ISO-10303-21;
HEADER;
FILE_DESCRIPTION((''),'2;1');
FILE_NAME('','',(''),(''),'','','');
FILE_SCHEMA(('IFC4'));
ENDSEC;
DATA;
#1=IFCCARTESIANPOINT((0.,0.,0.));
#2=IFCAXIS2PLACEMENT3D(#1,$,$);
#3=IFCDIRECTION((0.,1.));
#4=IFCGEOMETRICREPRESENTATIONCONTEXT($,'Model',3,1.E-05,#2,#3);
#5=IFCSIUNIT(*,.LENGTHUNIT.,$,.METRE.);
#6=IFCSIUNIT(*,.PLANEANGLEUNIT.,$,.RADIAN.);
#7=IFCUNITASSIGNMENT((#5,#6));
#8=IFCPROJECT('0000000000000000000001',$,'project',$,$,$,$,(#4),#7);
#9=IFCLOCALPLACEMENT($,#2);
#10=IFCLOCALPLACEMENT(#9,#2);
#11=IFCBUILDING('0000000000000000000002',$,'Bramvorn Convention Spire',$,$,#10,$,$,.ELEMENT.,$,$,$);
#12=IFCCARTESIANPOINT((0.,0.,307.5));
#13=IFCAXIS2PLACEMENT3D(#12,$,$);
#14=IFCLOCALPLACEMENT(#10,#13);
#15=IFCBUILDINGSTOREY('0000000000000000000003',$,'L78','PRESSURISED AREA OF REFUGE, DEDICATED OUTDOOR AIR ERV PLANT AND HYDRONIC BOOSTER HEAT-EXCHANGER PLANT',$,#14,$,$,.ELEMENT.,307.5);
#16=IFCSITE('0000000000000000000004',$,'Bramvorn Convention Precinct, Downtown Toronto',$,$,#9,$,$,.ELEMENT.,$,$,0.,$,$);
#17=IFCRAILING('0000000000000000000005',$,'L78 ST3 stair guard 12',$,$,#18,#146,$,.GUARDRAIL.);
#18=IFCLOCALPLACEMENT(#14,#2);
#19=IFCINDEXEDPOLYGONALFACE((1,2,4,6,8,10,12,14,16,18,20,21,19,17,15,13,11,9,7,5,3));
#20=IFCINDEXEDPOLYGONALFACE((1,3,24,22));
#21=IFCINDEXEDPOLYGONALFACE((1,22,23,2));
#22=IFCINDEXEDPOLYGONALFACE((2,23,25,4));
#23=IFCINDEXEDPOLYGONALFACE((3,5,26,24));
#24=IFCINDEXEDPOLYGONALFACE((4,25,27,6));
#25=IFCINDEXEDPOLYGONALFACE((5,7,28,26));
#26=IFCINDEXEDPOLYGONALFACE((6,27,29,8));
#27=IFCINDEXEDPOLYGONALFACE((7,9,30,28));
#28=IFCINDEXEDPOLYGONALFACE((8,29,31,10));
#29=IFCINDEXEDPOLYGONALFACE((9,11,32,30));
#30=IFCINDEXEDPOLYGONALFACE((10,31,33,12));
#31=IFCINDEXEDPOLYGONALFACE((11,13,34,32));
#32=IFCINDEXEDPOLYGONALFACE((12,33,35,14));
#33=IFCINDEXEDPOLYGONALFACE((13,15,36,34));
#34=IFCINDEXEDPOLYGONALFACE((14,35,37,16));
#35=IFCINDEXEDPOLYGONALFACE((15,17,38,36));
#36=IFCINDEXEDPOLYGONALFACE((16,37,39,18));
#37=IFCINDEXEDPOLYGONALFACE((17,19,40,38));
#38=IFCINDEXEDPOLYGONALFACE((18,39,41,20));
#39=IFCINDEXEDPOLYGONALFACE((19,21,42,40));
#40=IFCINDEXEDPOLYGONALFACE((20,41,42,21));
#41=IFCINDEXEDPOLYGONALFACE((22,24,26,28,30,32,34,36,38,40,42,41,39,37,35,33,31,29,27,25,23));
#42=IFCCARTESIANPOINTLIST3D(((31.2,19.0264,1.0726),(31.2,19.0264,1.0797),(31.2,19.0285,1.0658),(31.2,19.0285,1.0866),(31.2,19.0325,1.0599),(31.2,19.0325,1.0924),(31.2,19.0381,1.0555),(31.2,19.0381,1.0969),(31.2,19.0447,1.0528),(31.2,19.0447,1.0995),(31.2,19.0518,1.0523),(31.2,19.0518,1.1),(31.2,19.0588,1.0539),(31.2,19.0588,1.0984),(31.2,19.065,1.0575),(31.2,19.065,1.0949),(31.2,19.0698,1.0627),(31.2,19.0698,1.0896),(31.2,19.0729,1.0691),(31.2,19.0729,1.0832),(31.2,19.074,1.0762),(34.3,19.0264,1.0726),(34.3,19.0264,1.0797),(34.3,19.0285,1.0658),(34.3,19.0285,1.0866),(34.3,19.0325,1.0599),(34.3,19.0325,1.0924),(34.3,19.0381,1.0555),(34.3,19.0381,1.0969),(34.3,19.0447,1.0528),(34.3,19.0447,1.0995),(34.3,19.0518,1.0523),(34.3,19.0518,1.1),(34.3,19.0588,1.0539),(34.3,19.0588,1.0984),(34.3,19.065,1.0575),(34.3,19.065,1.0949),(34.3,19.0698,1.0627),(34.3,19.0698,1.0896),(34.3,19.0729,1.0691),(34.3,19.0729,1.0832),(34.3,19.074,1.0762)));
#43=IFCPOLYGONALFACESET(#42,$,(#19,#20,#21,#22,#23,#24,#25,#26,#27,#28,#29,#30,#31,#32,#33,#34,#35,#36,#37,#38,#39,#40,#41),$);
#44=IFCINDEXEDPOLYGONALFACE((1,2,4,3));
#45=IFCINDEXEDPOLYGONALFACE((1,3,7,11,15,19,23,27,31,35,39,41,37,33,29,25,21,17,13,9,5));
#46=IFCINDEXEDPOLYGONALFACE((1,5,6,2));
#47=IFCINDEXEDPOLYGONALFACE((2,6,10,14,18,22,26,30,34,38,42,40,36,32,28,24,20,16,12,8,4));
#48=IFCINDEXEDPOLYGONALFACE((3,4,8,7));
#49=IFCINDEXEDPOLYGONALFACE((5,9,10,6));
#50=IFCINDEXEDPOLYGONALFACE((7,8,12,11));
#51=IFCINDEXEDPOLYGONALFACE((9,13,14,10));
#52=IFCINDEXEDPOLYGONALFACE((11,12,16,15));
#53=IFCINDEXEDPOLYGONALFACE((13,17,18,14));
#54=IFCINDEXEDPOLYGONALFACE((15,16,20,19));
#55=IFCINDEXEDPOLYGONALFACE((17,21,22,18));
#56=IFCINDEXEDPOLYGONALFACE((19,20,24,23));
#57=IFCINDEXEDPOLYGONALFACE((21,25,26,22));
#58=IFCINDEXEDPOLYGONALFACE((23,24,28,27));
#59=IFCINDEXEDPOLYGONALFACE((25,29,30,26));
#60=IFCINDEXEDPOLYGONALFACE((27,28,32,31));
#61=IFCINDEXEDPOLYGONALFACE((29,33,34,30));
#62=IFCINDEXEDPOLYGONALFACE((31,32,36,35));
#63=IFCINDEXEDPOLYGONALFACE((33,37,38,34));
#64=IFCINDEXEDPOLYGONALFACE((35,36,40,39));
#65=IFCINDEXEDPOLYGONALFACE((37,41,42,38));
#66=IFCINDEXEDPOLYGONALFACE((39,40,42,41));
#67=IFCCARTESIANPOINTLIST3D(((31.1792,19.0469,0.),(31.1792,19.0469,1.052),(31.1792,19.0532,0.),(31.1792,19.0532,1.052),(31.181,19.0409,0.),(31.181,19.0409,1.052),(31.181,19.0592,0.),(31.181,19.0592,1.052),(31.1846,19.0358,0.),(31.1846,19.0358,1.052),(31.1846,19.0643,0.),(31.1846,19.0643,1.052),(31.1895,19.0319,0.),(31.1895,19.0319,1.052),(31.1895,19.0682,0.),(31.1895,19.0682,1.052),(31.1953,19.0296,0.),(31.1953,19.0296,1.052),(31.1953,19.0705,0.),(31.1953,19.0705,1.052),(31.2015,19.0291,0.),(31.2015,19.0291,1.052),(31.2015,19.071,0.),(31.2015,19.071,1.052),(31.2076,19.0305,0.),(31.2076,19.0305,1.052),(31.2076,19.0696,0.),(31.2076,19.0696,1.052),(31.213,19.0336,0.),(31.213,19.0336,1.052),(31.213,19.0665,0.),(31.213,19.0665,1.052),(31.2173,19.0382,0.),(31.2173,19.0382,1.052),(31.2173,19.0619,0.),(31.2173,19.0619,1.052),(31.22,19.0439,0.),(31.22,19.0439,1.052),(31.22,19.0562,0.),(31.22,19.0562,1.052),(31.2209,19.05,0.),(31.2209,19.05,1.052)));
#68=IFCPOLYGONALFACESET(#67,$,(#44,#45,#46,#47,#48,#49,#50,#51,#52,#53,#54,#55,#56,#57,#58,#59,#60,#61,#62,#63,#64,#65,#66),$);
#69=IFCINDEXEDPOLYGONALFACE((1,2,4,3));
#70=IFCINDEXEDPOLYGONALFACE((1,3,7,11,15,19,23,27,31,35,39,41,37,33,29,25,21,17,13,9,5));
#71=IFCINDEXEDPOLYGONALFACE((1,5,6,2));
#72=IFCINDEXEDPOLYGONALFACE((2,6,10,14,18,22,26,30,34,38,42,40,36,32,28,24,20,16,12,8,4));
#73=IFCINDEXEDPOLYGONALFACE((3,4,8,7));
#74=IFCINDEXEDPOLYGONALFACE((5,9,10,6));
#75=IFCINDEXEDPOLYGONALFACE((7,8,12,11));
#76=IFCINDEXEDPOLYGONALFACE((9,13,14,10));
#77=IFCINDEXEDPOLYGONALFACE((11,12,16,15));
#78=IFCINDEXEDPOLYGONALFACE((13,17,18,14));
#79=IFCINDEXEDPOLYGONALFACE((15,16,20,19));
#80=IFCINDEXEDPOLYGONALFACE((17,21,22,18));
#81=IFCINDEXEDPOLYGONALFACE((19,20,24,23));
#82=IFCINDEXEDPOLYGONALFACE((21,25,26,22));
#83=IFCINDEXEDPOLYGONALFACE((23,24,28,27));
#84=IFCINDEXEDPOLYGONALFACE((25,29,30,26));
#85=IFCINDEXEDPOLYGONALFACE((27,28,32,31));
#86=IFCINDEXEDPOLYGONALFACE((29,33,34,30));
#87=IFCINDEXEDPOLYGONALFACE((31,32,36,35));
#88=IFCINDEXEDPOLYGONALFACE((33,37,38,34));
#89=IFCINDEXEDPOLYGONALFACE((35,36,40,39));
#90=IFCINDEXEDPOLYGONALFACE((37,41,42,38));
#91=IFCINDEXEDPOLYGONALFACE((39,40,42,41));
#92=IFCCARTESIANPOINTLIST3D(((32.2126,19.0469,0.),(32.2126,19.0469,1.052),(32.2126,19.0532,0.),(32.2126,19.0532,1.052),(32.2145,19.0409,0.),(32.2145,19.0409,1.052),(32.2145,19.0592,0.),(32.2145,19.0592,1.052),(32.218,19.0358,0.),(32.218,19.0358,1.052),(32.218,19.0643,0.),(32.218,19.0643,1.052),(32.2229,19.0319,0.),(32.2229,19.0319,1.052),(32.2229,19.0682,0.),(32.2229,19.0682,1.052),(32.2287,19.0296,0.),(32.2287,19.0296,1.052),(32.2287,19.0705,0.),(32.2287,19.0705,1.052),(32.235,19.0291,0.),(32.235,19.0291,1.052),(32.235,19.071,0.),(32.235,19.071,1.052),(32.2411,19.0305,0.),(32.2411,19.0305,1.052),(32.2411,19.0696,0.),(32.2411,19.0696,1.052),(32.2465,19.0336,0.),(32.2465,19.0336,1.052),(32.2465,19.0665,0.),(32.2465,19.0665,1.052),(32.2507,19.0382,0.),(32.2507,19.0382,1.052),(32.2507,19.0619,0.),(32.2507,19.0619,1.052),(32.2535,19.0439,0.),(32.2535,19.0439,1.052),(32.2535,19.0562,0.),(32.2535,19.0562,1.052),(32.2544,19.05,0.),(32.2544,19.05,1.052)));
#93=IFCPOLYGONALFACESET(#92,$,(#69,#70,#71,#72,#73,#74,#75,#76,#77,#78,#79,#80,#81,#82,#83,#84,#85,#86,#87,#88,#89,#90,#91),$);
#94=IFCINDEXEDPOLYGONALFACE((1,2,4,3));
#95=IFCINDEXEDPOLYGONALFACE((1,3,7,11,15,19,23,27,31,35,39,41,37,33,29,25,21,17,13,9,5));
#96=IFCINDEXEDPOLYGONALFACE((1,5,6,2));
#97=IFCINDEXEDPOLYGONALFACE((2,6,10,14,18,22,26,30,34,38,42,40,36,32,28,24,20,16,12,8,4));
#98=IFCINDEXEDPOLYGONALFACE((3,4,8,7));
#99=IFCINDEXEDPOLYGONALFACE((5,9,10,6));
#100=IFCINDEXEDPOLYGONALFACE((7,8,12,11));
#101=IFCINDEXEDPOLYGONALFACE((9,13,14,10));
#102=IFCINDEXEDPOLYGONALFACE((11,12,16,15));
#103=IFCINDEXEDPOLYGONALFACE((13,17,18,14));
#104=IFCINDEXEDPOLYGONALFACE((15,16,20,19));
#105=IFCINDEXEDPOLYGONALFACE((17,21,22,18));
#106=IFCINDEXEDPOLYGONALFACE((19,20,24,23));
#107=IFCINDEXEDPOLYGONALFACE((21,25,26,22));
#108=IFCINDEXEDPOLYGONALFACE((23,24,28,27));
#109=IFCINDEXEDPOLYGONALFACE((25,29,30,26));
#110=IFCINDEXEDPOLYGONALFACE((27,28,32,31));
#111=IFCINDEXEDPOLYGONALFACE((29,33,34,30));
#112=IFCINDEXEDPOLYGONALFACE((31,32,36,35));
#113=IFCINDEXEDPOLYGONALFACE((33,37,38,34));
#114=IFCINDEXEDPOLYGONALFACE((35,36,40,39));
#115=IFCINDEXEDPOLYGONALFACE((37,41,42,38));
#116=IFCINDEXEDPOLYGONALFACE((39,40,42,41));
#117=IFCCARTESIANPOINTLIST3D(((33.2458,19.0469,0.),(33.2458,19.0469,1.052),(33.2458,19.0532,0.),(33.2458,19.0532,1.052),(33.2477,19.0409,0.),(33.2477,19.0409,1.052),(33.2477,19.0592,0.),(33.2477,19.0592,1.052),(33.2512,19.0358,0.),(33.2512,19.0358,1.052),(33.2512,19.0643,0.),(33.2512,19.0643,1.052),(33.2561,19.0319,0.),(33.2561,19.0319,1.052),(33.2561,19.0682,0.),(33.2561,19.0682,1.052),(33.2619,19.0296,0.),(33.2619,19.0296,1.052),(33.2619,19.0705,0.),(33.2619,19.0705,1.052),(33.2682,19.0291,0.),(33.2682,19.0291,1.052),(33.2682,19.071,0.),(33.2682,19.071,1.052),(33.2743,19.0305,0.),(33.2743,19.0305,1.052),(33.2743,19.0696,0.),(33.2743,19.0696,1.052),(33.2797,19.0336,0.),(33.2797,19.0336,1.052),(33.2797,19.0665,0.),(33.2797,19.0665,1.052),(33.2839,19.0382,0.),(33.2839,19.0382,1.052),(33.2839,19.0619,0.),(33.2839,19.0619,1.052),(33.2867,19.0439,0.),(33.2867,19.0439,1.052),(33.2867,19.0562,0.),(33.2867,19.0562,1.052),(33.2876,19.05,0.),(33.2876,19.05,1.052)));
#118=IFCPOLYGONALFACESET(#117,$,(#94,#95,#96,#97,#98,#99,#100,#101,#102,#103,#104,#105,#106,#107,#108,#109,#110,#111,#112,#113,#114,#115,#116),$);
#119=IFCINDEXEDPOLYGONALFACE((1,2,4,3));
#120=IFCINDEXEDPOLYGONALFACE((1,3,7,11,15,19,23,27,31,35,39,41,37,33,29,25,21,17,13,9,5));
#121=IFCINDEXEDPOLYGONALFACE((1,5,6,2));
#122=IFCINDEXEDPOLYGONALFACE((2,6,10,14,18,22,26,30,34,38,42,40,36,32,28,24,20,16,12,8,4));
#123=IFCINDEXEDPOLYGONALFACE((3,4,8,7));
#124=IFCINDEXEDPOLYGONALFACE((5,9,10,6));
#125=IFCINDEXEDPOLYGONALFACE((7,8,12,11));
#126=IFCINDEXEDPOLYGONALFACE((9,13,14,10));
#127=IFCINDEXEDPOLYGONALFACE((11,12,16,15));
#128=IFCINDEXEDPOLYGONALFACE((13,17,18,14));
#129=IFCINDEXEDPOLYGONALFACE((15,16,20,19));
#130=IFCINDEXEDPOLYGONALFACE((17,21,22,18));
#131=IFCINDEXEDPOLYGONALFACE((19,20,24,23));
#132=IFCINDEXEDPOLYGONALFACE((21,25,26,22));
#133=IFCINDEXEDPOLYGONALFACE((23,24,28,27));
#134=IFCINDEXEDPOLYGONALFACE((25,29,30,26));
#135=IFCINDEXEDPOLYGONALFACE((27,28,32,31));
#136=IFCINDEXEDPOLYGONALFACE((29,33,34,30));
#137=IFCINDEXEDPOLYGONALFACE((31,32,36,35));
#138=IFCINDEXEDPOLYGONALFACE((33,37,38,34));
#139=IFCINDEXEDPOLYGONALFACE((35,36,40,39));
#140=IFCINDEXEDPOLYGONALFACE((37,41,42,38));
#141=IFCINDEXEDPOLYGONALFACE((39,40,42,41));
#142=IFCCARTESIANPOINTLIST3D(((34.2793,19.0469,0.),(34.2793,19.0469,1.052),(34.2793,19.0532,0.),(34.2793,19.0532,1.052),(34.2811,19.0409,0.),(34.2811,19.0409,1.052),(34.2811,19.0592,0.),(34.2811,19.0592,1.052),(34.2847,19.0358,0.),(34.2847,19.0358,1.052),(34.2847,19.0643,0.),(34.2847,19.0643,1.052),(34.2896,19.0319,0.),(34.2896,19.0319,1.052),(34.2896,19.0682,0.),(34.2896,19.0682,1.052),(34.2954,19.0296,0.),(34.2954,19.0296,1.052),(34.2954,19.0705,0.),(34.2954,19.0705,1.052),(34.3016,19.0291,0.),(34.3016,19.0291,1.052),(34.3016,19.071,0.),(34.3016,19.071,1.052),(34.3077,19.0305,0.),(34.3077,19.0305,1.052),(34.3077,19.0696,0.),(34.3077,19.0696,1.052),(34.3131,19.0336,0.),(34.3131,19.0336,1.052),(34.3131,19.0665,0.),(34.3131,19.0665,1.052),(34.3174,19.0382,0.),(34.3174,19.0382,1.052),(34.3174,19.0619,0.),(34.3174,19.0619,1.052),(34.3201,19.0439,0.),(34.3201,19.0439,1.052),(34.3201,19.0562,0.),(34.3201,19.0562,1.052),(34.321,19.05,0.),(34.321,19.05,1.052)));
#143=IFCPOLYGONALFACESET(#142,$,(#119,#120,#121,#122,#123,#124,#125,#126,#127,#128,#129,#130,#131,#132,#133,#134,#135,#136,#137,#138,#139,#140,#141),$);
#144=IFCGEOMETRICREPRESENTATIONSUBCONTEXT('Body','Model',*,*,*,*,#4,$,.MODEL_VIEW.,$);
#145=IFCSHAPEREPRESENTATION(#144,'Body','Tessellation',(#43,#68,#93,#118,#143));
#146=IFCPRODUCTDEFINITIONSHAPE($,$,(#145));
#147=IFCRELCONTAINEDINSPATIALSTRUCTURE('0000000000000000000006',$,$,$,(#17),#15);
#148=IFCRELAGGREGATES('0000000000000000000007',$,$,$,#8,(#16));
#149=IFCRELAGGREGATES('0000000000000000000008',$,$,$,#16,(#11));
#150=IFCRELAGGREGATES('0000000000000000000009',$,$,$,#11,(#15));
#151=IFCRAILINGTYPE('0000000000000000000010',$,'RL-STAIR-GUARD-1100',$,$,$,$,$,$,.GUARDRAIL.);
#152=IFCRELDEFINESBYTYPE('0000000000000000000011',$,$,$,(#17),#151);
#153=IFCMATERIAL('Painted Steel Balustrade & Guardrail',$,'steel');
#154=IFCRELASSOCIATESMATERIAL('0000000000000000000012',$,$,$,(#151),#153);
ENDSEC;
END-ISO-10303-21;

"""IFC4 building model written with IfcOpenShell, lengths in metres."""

from ifc_helpers import new_model, si_unit, direction, frame, origin, origin_2d, place, context, subcontext, project, spatial, circle, extrude, material, type_object, element, save


model = new_model("IFC4")

# Units and contexts
model_context = context("Model", 3, precision=1e-05, world=origin(), true_north=direction((0.0, 1.0)))
body_context = subcontext(model_context, "Body", "Model", "MODEL_VIEW")
ifc_project = project(units=[si_unit("LENGTHUNIT", "METRE"), si_unit("PLANEANGLEUNIT", "RADIAN")], contexts=[model_context])

# Site, building, storey
site_placement = place(None, origin())
site = spatial("IfcSite", under=ifc_project, at=site_placement, Name="Bramvorn Convention Precinct, Downtown Toronto", CompositionType="ELEMENT", RefElevation=0.0)
building_placement = place(site_placement, origin())
building = spatial("IfcBuilding", under=site, at=building_placement, Name="Bramvorn Convention Spire", CompositionType="ELEMENT")
storey_placement = place(building_placement, frame((0.0, 0.0, 307.5)))
storey = spatial("IfcBuildingStorey", under=building, at=storey_placement, Name="L78", Description="PRESSURISED AREA OF REFUGE, DEDICATED OUTDOOR AIR ERV PLANT AND HYDRONIC BOOSTER HEAT-EXCHANGER PLANT", CompositionType="ELEMENT", Elevation=307.5)

# Railing
ifc_material_1 = material(Name="Painted Steel Balustrade & Guardrail", Category="steel")
railing_type_1 = type_object("IfcRailingType", Name="RL-STAIR-GUARD-1100", PredefinedType="GUARDRAIL", material=ifc_material_1)
railing_1_placement = place(storey_placement, frame((31.2, 19.05, 0.0)))
element("IfcRailing", 1, at=railing_1_placement, inside=storey, type_object=railing_type_1, Name="L78 ST3 stair guard 12", PredefinedType="GUARDRAIL", context=body_context, shape_type="SweptSolid", body=[
    extrude(circle(Radius=0.0239, at=origin_2d()), frame((0.0, 0.0, 1.0762), z_axis=(1.0, 0.0, 0.0), x_axis=(0.0, 1.0, 0.0)), (0.0, 0.0, 1.0), 3.1001),
    extrude(circle(Radius=0.021, at=origin_2d()), origin(), (0.0, 0.0, 1.0), 1.052),
    extrude(circle(Radius=0.021, at=origin_2d()), frame((1.0334, 0.0, 0.0)), (0.0, 0.0, 1.0), 1.052),
    extrude(circle(Radius=0.021, at=origin_2d()), frame((2.0667, 0.0, 0.0)), (0.0, 0.0, 1.0), 1.052),
    extrude(circle(Radius=0.021, at=origin_2d()), frame((3.1001, 0.0, 0.0)), (0.0, 0.0, 1.0), 1.052),
])

save(model, "model.ifc")
